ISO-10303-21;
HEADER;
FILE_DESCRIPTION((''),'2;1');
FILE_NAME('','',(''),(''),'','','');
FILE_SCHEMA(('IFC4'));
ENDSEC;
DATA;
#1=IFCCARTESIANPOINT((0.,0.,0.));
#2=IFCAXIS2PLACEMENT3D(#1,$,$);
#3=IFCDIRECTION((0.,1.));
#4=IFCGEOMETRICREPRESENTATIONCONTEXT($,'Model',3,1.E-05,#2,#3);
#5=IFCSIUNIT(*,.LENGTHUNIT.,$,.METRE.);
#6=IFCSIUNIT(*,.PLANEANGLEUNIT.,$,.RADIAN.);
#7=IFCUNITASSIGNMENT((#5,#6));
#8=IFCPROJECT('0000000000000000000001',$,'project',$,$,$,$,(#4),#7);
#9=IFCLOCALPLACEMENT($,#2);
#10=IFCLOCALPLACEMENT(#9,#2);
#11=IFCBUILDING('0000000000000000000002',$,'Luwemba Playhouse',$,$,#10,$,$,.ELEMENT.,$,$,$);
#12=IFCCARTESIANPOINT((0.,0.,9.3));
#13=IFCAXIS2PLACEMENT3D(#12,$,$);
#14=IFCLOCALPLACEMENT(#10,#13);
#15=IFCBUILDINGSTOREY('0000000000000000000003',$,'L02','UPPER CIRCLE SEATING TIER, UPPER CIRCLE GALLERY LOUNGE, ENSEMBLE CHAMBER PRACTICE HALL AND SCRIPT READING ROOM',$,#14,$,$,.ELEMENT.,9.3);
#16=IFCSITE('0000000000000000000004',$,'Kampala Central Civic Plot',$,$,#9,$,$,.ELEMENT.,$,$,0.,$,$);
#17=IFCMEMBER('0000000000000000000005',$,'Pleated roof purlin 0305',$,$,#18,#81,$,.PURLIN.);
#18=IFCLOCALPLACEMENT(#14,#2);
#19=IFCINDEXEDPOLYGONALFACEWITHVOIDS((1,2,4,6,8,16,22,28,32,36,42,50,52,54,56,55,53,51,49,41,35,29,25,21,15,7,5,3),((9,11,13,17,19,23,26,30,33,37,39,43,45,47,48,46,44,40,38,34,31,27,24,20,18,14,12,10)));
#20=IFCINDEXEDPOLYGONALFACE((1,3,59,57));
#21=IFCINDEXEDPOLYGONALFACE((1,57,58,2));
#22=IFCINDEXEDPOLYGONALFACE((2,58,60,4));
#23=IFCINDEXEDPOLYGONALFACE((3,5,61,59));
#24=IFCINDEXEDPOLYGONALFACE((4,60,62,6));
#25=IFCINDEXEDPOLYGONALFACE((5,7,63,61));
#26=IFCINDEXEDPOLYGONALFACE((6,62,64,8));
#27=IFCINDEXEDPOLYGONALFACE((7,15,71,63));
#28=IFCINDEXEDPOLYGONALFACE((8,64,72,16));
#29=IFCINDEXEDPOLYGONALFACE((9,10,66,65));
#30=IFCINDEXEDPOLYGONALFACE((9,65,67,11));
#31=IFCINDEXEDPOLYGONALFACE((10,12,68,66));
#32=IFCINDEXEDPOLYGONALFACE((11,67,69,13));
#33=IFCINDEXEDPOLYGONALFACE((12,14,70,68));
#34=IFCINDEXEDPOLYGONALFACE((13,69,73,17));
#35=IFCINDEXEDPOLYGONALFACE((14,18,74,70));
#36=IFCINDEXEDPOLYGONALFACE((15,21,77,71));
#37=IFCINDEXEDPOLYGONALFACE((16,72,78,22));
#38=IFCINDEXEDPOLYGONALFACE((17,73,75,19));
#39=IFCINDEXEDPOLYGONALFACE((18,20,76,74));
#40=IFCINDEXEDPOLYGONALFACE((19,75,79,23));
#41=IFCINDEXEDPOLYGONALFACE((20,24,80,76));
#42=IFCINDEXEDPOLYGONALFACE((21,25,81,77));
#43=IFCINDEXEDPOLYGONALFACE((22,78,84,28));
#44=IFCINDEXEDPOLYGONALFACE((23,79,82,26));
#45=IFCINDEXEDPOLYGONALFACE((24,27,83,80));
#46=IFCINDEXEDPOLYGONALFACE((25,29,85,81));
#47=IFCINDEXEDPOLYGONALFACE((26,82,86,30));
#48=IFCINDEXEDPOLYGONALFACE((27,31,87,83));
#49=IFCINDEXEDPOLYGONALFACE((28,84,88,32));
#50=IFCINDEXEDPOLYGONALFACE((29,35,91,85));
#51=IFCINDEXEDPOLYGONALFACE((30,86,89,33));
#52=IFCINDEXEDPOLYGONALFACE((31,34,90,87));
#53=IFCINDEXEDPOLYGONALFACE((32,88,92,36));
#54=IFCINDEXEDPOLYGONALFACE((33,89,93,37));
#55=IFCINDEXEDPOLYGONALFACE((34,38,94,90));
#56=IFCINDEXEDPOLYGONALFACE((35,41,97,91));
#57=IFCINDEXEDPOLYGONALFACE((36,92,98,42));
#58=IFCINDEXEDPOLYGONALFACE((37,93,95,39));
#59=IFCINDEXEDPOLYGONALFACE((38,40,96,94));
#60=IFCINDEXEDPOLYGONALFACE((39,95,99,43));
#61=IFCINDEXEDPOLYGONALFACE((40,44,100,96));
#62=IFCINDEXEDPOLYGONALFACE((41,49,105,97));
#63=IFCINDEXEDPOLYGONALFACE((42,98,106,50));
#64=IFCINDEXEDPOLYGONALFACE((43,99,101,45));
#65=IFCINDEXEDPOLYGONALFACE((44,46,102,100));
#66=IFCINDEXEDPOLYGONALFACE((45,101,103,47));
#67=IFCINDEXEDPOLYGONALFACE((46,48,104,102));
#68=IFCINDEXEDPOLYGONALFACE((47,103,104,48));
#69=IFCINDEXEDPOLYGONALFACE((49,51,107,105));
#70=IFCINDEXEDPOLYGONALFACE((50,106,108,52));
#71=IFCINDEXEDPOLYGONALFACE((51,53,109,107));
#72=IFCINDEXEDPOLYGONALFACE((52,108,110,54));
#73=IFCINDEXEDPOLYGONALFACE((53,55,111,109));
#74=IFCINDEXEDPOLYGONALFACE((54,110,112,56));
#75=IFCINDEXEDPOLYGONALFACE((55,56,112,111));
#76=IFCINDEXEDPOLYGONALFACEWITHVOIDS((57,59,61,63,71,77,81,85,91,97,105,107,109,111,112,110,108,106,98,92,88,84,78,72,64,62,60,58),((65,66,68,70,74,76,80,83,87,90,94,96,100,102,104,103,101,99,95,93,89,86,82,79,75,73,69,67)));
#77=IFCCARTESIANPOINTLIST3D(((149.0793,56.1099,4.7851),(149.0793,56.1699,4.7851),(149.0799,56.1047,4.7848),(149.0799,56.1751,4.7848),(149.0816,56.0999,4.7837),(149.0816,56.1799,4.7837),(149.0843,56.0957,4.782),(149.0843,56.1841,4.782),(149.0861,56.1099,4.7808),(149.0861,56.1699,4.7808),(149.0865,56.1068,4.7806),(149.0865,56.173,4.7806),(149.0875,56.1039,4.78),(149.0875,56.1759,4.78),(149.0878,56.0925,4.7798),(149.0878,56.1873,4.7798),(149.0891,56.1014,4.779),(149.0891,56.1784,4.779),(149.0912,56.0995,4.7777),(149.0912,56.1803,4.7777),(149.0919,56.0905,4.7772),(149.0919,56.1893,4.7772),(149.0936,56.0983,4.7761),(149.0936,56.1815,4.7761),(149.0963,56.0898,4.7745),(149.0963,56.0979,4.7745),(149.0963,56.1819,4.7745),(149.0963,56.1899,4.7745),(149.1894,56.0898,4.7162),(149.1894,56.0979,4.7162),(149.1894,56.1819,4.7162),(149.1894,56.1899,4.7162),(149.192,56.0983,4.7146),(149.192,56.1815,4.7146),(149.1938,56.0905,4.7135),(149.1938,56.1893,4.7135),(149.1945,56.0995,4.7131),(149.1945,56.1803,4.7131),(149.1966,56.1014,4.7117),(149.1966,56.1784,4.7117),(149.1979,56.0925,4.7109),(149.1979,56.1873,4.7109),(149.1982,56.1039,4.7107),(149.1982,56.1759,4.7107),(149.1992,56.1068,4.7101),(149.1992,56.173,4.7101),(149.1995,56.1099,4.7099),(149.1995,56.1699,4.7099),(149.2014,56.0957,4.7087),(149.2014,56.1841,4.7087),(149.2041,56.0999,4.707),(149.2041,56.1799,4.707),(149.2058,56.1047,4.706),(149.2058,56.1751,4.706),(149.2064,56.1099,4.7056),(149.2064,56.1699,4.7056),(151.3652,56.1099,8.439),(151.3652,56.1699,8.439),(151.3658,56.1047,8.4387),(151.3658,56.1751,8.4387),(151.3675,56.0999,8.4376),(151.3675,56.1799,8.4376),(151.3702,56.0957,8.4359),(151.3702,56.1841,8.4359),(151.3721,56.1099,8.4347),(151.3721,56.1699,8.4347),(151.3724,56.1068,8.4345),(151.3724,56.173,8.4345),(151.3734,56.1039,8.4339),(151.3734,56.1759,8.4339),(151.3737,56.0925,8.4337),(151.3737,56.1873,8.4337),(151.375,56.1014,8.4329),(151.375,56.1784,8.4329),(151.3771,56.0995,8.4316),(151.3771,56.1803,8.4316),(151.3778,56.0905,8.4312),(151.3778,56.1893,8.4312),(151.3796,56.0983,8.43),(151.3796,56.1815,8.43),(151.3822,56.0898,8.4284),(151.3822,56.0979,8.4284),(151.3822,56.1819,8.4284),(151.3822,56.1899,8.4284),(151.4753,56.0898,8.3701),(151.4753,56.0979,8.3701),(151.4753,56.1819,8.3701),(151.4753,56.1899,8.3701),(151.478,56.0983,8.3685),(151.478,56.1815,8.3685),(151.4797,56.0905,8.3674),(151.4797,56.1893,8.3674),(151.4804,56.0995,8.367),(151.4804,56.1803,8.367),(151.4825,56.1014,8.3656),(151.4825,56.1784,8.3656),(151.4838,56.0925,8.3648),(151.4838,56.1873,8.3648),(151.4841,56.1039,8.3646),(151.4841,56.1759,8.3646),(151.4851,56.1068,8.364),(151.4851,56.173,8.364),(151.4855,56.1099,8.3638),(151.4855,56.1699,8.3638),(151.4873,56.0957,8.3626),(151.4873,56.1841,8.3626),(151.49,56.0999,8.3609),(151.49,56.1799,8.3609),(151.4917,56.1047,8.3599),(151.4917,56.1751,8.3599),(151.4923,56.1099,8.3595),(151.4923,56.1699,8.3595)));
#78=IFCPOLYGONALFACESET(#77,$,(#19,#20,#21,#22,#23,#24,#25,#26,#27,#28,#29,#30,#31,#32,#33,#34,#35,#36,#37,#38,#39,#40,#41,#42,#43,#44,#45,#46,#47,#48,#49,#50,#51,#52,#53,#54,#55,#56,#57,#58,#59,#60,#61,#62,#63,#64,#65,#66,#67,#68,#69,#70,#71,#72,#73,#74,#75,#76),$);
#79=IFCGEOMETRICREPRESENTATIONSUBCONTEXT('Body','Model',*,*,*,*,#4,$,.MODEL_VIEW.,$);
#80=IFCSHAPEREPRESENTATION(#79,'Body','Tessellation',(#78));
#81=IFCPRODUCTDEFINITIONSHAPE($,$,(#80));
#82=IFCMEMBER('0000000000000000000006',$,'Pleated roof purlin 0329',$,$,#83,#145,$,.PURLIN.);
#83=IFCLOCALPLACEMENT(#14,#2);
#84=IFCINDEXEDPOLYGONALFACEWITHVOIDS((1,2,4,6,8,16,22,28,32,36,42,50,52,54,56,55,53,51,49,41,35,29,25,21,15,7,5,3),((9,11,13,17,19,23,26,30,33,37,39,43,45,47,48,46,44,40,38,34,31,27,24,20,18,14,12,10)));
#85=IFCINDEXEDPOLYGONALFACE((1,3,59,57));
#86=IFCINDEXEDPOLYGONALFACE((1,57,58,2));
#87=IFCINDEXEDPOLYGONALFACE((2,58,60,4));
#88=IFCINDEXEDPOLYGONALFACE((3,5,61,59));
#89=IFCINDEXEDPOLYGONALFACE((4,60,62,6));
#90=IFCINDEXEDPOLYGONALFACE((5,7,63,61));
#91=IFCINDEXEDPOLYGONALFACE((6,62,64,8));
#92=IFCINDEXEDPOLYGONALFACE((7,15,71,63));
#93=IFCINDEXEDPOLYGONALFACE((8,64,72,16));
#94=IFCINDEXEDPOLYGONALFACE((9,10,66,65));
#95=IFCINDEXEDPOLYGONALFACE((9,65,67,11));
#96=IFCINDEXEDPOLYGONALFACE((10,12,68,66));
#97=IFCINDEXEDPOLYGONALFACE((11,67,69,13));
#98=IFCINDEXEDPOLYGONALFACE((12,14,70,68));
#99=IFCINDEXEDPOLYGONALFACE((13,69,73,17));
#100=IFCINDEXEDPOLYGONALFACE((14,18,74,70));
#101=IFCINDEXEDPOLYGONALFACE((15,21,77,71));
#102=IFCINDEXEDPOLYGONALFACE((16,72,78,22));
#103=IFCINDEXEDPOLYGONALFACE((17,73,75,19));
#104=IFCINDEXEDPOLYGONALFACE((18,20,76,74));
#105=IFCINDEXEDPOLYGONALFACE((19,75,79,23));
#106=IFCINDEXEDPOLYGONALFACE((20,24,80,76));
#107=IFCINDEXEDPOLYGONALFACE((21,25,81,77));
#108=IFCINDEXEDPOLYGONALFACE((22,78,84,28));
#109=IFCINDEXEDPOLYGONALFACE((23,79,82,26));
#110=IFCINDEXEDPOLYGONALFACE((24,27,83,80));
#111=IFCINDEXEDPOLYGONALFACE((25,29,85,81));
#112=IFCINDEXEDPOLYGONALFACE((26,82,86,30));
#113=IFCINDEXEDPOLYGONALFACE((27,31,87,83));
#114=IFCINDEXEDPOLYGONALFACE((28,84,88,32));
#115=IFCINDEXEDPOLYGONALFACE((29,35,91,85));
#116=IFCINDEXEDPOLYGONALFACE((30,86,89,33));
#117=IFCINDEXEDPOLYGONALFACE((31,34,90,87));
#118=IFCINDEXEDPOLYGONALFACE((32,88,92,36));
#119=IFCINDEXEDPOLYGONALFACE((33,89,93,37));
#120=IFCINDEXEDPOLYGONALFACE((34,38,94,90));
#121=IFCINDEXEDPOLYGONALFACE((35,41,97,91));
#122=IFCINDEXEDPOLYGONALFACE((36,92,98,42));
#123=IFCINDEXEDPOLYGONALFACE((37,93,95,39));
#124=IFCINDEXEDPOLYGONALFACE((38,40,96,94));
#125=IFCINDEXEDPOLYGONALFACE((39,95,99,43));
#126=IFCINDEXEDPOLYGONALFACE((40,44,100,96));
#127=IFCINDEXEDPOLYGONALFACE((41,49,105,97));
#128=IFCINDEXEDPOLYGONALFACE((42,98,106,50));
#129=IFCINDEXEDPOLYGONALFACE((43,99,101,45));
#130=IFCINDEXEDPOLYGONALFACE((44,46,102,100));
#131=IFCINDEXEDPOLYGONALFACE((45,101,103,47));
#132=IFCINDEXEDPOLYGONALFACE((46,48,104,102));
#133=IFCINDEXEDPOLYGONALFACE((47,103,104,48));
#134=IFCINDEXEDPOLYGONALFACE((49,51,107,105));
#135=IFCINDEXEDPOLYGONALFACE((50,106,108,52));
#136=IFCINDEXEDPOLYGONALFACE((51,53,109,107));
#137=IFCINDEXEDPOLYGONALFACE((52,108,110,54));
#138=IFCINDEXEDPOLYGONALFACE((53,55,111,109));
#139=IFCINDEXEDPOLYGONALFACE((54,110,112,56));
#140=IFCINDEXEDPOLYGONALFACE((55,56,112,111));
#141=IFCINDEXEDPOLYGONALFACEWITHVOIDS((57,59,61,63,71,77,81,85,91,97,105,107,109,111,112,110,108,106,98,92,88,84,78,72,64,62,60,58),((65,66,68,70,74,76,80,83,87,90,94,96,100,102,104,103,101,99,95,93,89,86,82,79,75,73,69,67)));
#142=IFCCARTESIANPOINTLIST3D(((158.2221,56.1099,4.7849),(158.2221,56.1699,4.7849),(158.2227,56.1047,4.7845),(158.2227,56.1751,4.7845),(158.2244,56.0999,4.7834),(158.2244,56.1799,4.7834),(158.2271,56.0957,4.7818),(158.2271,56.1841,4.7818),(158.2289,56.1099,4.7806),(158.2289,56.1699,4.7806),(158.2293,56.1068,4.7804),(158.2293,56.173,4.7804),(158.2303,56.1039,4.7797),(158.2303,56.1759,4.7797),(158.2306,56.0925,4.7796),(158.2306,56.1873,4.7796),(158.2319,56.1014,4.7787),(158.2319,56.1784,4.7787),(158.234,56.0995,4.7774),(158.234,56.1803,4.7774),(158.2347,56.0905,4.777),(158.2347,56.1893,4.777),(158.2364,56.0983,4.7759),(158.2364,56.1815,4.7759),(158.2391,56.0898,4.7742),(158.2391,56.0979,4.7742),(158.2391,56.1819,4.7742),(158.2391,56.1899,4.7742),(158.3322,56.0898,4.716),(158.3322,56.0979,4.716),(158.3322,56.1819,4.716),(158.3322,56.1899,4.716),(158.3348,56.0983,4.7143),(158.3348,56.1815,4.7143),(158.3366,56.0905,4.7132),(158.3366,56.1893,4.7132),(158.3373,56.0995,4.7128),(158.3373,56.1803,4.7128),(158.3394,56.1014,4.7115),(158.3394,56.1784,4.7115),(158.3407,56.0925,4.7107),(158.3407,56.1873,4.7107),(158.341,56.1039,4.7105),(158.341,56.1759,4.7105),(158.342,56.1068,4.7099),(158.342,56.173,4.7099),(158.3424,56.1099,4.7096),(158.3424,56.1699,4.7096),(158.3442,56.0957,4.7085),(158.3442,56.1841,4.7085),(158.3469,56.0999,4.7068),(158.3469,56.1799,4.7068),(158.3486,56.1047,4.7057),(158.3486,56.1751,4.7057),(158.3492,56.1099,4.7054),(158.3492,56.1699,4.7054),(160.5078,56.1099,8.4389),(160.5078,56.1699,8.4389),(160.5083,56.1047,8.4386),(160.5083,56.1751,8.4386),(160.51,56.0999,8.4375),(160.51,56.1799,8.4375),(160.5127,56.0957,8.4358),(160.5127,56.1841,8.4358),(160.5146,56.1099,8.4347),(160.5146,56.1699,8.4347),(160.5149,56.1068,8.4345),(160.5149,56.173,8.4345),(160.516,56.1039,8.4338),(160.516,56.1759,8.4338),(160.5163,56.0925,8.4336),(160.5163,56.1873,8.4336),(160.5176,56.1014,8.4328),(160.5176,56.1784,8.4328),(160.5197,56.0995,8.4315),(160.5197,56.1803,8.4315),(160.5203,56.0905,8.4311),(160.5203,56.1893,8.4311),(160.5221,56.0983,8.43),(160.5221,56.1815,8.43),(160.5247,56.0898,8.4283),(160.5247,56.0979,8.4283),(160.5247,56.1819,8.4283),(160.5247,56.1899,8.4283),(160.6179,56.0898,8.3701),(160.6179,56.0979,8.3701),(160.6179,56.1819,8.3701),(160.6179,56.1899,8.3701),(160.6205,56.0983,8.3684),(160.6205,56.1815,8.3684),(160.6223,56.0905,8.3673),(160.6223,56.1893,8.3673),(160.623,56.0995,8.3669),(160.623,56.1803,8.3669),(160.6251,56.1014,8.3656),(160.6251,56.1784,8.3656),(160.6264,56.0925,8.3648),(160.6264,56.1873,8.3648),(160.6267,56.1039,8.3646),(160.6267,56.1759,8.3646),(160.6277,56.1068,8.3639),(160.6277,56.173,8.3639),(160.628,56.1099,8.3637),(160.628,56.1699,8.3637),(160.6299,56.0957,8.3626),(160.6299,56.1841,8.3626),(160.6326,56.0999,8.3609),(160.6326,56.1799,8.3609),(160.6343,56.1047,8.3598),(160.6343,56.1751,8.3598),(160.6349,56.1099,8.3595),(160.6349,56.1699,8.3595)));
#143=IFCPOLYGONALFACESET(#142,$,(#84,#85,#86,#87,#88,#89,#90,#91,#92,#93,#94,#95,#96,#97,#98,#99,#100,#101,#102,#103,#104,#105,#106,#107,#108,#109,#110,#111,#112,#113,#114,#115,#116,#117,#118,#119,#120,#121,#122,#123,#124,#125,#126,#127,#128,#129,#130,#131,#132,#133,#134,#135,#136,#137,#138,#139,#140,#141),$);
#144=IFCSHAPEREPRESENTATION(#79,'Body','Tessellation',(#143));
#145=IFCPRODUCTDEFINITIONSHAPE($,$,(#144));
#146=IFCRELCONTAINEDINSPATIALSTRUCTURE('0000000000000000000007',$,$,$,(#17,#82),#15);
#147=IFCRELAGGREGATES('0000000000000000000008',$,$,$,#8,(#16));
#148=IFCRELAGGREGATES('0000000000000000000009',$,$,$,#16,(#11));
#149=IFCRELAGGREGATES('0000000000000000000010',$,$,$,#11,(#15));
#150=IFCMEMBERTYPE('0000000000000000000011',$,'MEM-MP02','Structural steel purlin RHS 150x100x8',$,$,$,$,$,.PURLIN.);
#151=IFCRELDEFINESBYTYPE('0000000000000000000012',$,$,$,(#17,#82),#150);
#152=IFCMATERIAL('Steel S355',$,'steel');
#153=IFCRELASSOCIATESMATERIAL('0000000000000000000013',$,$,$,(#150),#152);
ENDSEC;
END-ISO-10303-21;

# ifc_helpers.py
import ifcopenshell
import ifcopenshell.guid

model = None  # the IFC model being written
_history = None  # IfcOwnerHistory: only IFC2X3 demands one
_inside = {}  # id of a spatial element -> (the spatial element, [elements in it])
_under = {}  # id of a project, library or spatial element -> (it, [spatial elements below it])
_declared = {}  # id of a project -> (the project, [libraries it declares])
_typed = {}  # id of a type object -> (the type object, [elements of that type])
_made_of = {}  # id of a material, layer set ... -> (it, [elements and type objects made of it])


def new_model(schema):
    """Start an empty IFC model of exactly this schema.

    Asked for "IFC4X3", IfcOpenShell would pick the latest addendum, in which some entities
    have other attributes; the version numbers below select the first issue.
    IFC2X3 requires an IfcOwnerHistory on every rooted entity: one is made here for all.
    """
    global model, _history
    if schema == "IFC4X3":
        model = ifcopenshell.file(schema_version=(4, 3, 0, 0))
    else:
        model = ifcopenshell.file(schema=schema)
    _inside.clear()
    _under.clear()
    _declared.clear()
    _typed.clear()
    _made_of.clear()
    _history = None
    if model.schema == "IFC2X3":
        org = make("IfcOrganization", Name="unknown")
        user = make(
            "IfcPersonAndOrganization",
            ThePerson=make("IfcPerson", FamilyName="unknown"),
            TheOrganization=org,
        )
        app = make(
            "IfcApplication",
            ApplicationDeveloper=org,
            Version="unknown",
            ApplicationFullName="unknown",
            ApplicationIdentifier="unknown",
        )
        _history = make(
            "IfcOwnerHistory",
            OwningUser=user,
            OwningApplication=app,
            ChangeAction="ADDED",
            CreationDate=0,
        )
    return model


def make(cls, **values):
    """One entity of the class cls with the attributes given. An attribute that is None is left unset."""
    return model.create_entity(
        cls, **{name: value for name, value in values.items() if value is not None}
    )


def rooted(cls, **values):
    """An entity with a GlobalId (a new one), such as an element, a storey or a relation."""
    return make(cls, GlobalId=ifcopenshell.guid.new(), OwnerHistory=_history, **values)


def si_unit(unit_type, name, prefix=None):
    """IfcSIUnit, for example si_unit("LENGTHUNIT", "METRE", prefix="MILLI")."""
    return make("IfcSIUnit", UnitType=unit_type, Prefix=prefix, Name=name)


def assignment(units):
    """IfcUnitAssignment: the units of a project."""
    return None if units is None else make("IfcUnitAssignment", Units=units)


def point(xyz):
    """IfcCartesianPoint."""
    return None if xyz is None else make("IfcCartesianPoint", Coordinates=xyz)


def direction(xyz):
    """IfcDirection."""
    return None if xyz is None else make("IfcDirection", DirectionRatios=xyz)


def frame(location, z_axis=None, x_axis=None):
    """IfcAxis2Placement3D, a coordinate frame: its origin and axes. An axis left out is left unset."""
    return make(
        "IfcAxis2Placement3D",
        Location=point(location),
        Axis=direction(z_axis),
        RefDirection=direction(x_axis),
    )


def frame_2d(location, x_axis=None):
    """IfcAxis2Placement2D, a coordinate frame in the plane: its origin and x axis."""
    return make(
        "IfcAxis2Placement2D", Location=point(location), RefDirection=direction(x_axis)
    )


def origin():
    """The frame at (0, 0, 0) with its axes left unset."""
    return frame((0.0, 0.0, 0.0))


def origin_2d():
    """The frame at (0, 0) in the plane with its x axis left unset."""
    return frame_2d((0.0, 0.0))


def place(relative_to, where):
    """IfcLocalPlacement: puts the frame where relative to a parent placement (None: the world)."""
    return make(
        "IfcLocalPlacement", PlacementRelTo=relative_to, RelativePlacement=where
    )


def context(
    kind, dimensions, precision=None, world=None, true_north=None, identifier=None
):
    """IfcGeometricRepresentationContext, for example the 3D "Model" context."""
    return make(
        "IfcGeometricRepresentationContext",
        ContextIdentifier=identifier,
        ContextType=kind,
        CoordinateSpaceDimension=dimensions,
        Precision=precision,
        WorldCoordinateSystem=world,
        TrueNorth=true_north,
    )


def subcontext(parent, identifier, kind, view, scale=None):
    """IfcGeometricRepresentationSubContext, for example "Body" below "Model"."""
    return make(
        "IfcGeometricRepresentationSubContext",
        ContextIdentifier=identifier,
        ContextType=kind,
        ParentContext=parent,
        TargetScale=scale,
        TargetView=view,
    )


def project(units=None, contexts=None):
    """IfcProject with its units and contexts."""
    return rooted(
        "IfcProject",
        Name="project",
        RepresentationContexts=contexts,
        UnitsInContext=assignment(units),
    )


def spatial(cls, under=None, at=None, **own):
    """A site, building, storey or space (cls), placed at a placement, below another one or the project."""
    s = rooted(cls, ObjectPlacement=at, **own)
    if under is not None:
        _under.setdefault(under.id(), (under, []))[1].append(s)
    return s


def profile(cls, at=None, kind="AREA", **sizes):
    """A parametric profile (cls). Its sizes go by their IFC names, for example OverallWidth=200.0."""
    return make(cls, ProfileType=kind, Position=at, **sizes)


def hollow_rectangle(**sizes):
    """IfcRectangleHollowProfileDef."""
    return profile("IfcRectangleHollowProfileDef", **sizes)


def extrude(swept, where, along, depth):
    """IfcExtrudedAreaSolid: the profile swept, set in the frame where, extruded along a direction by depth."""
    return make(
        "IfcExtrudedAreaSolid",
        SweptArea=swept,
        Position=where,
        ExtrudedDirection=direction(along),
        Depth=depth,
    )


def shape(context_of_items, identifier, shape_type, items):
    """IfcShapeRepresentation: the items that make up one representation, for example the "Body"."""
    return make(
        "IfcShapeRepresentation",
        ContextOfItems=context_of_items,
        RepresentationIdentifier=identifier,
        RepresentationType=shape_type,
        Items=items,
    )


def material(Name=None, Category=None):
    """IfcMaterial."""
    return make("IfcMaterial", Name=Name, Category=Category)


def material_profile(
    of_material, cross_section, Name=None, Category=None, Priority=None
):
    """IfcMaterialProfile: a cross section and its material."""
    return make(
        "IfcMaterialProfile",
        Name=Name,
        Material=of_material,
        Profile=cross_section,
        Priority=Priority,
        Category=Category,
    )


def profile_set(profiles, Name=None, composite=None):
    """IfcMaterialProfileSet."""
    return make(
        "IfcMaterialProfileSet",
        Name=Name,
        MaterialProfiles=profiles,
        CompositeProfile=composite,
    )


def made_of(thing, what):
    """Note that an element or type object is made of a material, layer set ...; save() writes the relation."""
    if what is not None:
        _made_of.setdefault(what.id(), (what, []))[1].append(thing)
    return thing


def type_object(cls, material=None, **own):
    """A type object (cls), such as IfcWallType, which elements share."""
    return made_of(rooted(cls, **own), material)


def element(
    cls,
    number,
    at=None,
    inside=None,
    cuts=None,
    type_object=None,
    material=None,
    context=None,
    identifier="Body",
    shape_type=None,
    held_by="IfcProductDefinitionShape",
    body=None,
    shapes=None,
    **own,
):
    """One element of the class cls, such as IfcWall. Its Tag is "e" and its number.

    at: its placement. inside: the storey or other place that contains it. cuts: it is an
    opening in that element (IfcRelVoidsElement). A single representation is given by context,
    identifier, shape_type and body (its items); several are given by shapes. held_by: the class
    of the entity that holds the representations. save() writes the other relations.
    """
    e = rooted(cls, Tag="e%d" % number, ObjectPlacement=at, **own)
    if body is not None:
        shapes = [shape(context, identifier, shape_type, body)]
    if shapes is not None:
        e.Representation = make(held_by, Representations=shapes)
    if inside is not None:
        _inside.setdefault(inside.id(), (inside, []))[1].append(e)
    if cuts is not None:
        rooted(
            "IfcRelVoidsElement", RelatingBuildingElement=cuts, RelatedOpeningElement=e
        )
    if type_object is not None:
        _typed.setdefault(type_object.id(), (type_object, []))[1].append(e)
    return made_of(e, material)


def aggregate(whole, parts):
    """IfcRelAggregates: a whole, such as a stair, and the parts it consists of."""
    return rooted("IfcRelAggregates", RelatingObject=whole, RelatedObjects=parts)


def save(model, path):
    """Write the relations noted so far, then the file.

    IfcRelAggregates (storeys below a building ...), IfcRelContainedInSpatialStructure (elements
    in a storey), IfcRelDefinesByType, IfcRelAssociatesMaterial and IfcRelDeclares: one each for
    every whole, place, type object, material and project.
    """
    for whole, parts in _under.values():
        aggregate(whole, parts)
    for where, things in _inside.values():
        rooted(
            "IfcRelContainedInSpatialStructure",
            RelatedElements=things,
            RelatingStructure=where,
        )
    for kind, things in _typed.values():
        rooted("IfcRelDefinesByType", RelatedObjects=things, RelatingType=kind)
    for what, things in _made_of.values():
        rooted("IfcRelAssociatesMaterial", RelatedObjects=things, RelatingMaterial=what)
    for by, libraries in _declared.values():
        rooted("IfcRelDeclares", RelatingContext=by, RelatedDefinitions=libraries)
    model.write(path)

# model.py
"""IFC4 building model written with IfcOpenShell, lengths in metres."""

from ifc_helpers import new_model, si_unit, direction, frame, origin, origin_2d, place, context, subcontext, project, spatial, hollow_rectangle, extrude, material, material_profile, profile_set, type_object, element, save


model = new_model("IFC4")

# Units and contexts
model_context = context("Model", 3, precision=1e-05, world=origin(), true_north=direction((0.0, 1.0)))
body_context = subcontext(model_context, "Body", "Model", "MODEL_VIEW")
ifc_project = project(units=[si_unit("LENGTHUNIT", "METRE"), si_unit("PLANEANGLEUNIT", "RADIAN")], contexts=[model_context])

# Site, building, storey
site_placement = place(None, origin())
site = spatial("IfcSite", under=ifc_project, at=site_placement, Name="Kampala Central Civic Plot", CompositionType="ELEMENT", RefElevation=0.0)
building_placement = place(site_placement, origin())
building = spatial("IfcBuilding", under=site, at=building_placement, Name="Luwemba Playhouse", CompositionType="ELEMENT")
storey_placement = place(building_placement, frame((0.0, 0.0, 9.3)))
storey = spatial("IfcBuildingStorey", under=building, at=storey_placement, Name="L02", Description="UPPER CIRCLE SEATING TIER, UPPER CIRCLE GALLERY LOUNGE, ENSEMBLE CHAMBER PRACTICE HALL AND SCRIPT READING ROOM", CompositionType="ELEMENT", Elevation=9.3)

# Shared definitions
ifc_material_1 = material(Name="Steel S355", Category="steel")

# Members
ifc_material_profile_1 = material_profile(ifc_material_1, hollow_rectangle(XDim=0.1001, YDim=0.1499, WallThickness=0.0081, InnerFilletRadius=0.012, OuterFilletRadius=0.02, at=origin_2d()))
ifc_profile_set_1 = profile_set([ifc_material_profile_1], Name="Steel S355")
member_type_1 = type_object("IfcMemberType", Name="MEM-MP02", Description="Structural steel purlin RHS 150x100x8", PredefinedType="PURLIN", material=ifc_profile_set_1)
for number, where, z_axis, x_axis, name in (
    (1, (149.1428, 56.1399, 4.7454), (0.530376, 0.0, 0.847763), (0.0, 1.0, 0.0), "Pleated roof purlin 0305"),
    (2, (158.2856, 56.1399, 4.7451), (0.530309, 0.0, 0.847804), (0.0, 1.0, 0.0), "Pleated roof purlin 0329"),
):
    element("IfcMember", number, at=place(storey_placement, frame(where, z_axis=z_axis, x_axis=x_axis)), inside=storey, type_object=member_type_1, Name=name, PredefinedType="PURLIN", context=body_context, shape_type="SweptSolid", body=[
        extrude(hollow_rectangle(XDim=0.1001, YDim=0.1499, WallThickness=0.0081, InnerFilletRadius=0.012, OuterFilletRadius=0.02, at=origin_2d()), origin(), (0.0, 0.0, 1.0), 4.3101),
    ])

save(model, "model.ifc")
